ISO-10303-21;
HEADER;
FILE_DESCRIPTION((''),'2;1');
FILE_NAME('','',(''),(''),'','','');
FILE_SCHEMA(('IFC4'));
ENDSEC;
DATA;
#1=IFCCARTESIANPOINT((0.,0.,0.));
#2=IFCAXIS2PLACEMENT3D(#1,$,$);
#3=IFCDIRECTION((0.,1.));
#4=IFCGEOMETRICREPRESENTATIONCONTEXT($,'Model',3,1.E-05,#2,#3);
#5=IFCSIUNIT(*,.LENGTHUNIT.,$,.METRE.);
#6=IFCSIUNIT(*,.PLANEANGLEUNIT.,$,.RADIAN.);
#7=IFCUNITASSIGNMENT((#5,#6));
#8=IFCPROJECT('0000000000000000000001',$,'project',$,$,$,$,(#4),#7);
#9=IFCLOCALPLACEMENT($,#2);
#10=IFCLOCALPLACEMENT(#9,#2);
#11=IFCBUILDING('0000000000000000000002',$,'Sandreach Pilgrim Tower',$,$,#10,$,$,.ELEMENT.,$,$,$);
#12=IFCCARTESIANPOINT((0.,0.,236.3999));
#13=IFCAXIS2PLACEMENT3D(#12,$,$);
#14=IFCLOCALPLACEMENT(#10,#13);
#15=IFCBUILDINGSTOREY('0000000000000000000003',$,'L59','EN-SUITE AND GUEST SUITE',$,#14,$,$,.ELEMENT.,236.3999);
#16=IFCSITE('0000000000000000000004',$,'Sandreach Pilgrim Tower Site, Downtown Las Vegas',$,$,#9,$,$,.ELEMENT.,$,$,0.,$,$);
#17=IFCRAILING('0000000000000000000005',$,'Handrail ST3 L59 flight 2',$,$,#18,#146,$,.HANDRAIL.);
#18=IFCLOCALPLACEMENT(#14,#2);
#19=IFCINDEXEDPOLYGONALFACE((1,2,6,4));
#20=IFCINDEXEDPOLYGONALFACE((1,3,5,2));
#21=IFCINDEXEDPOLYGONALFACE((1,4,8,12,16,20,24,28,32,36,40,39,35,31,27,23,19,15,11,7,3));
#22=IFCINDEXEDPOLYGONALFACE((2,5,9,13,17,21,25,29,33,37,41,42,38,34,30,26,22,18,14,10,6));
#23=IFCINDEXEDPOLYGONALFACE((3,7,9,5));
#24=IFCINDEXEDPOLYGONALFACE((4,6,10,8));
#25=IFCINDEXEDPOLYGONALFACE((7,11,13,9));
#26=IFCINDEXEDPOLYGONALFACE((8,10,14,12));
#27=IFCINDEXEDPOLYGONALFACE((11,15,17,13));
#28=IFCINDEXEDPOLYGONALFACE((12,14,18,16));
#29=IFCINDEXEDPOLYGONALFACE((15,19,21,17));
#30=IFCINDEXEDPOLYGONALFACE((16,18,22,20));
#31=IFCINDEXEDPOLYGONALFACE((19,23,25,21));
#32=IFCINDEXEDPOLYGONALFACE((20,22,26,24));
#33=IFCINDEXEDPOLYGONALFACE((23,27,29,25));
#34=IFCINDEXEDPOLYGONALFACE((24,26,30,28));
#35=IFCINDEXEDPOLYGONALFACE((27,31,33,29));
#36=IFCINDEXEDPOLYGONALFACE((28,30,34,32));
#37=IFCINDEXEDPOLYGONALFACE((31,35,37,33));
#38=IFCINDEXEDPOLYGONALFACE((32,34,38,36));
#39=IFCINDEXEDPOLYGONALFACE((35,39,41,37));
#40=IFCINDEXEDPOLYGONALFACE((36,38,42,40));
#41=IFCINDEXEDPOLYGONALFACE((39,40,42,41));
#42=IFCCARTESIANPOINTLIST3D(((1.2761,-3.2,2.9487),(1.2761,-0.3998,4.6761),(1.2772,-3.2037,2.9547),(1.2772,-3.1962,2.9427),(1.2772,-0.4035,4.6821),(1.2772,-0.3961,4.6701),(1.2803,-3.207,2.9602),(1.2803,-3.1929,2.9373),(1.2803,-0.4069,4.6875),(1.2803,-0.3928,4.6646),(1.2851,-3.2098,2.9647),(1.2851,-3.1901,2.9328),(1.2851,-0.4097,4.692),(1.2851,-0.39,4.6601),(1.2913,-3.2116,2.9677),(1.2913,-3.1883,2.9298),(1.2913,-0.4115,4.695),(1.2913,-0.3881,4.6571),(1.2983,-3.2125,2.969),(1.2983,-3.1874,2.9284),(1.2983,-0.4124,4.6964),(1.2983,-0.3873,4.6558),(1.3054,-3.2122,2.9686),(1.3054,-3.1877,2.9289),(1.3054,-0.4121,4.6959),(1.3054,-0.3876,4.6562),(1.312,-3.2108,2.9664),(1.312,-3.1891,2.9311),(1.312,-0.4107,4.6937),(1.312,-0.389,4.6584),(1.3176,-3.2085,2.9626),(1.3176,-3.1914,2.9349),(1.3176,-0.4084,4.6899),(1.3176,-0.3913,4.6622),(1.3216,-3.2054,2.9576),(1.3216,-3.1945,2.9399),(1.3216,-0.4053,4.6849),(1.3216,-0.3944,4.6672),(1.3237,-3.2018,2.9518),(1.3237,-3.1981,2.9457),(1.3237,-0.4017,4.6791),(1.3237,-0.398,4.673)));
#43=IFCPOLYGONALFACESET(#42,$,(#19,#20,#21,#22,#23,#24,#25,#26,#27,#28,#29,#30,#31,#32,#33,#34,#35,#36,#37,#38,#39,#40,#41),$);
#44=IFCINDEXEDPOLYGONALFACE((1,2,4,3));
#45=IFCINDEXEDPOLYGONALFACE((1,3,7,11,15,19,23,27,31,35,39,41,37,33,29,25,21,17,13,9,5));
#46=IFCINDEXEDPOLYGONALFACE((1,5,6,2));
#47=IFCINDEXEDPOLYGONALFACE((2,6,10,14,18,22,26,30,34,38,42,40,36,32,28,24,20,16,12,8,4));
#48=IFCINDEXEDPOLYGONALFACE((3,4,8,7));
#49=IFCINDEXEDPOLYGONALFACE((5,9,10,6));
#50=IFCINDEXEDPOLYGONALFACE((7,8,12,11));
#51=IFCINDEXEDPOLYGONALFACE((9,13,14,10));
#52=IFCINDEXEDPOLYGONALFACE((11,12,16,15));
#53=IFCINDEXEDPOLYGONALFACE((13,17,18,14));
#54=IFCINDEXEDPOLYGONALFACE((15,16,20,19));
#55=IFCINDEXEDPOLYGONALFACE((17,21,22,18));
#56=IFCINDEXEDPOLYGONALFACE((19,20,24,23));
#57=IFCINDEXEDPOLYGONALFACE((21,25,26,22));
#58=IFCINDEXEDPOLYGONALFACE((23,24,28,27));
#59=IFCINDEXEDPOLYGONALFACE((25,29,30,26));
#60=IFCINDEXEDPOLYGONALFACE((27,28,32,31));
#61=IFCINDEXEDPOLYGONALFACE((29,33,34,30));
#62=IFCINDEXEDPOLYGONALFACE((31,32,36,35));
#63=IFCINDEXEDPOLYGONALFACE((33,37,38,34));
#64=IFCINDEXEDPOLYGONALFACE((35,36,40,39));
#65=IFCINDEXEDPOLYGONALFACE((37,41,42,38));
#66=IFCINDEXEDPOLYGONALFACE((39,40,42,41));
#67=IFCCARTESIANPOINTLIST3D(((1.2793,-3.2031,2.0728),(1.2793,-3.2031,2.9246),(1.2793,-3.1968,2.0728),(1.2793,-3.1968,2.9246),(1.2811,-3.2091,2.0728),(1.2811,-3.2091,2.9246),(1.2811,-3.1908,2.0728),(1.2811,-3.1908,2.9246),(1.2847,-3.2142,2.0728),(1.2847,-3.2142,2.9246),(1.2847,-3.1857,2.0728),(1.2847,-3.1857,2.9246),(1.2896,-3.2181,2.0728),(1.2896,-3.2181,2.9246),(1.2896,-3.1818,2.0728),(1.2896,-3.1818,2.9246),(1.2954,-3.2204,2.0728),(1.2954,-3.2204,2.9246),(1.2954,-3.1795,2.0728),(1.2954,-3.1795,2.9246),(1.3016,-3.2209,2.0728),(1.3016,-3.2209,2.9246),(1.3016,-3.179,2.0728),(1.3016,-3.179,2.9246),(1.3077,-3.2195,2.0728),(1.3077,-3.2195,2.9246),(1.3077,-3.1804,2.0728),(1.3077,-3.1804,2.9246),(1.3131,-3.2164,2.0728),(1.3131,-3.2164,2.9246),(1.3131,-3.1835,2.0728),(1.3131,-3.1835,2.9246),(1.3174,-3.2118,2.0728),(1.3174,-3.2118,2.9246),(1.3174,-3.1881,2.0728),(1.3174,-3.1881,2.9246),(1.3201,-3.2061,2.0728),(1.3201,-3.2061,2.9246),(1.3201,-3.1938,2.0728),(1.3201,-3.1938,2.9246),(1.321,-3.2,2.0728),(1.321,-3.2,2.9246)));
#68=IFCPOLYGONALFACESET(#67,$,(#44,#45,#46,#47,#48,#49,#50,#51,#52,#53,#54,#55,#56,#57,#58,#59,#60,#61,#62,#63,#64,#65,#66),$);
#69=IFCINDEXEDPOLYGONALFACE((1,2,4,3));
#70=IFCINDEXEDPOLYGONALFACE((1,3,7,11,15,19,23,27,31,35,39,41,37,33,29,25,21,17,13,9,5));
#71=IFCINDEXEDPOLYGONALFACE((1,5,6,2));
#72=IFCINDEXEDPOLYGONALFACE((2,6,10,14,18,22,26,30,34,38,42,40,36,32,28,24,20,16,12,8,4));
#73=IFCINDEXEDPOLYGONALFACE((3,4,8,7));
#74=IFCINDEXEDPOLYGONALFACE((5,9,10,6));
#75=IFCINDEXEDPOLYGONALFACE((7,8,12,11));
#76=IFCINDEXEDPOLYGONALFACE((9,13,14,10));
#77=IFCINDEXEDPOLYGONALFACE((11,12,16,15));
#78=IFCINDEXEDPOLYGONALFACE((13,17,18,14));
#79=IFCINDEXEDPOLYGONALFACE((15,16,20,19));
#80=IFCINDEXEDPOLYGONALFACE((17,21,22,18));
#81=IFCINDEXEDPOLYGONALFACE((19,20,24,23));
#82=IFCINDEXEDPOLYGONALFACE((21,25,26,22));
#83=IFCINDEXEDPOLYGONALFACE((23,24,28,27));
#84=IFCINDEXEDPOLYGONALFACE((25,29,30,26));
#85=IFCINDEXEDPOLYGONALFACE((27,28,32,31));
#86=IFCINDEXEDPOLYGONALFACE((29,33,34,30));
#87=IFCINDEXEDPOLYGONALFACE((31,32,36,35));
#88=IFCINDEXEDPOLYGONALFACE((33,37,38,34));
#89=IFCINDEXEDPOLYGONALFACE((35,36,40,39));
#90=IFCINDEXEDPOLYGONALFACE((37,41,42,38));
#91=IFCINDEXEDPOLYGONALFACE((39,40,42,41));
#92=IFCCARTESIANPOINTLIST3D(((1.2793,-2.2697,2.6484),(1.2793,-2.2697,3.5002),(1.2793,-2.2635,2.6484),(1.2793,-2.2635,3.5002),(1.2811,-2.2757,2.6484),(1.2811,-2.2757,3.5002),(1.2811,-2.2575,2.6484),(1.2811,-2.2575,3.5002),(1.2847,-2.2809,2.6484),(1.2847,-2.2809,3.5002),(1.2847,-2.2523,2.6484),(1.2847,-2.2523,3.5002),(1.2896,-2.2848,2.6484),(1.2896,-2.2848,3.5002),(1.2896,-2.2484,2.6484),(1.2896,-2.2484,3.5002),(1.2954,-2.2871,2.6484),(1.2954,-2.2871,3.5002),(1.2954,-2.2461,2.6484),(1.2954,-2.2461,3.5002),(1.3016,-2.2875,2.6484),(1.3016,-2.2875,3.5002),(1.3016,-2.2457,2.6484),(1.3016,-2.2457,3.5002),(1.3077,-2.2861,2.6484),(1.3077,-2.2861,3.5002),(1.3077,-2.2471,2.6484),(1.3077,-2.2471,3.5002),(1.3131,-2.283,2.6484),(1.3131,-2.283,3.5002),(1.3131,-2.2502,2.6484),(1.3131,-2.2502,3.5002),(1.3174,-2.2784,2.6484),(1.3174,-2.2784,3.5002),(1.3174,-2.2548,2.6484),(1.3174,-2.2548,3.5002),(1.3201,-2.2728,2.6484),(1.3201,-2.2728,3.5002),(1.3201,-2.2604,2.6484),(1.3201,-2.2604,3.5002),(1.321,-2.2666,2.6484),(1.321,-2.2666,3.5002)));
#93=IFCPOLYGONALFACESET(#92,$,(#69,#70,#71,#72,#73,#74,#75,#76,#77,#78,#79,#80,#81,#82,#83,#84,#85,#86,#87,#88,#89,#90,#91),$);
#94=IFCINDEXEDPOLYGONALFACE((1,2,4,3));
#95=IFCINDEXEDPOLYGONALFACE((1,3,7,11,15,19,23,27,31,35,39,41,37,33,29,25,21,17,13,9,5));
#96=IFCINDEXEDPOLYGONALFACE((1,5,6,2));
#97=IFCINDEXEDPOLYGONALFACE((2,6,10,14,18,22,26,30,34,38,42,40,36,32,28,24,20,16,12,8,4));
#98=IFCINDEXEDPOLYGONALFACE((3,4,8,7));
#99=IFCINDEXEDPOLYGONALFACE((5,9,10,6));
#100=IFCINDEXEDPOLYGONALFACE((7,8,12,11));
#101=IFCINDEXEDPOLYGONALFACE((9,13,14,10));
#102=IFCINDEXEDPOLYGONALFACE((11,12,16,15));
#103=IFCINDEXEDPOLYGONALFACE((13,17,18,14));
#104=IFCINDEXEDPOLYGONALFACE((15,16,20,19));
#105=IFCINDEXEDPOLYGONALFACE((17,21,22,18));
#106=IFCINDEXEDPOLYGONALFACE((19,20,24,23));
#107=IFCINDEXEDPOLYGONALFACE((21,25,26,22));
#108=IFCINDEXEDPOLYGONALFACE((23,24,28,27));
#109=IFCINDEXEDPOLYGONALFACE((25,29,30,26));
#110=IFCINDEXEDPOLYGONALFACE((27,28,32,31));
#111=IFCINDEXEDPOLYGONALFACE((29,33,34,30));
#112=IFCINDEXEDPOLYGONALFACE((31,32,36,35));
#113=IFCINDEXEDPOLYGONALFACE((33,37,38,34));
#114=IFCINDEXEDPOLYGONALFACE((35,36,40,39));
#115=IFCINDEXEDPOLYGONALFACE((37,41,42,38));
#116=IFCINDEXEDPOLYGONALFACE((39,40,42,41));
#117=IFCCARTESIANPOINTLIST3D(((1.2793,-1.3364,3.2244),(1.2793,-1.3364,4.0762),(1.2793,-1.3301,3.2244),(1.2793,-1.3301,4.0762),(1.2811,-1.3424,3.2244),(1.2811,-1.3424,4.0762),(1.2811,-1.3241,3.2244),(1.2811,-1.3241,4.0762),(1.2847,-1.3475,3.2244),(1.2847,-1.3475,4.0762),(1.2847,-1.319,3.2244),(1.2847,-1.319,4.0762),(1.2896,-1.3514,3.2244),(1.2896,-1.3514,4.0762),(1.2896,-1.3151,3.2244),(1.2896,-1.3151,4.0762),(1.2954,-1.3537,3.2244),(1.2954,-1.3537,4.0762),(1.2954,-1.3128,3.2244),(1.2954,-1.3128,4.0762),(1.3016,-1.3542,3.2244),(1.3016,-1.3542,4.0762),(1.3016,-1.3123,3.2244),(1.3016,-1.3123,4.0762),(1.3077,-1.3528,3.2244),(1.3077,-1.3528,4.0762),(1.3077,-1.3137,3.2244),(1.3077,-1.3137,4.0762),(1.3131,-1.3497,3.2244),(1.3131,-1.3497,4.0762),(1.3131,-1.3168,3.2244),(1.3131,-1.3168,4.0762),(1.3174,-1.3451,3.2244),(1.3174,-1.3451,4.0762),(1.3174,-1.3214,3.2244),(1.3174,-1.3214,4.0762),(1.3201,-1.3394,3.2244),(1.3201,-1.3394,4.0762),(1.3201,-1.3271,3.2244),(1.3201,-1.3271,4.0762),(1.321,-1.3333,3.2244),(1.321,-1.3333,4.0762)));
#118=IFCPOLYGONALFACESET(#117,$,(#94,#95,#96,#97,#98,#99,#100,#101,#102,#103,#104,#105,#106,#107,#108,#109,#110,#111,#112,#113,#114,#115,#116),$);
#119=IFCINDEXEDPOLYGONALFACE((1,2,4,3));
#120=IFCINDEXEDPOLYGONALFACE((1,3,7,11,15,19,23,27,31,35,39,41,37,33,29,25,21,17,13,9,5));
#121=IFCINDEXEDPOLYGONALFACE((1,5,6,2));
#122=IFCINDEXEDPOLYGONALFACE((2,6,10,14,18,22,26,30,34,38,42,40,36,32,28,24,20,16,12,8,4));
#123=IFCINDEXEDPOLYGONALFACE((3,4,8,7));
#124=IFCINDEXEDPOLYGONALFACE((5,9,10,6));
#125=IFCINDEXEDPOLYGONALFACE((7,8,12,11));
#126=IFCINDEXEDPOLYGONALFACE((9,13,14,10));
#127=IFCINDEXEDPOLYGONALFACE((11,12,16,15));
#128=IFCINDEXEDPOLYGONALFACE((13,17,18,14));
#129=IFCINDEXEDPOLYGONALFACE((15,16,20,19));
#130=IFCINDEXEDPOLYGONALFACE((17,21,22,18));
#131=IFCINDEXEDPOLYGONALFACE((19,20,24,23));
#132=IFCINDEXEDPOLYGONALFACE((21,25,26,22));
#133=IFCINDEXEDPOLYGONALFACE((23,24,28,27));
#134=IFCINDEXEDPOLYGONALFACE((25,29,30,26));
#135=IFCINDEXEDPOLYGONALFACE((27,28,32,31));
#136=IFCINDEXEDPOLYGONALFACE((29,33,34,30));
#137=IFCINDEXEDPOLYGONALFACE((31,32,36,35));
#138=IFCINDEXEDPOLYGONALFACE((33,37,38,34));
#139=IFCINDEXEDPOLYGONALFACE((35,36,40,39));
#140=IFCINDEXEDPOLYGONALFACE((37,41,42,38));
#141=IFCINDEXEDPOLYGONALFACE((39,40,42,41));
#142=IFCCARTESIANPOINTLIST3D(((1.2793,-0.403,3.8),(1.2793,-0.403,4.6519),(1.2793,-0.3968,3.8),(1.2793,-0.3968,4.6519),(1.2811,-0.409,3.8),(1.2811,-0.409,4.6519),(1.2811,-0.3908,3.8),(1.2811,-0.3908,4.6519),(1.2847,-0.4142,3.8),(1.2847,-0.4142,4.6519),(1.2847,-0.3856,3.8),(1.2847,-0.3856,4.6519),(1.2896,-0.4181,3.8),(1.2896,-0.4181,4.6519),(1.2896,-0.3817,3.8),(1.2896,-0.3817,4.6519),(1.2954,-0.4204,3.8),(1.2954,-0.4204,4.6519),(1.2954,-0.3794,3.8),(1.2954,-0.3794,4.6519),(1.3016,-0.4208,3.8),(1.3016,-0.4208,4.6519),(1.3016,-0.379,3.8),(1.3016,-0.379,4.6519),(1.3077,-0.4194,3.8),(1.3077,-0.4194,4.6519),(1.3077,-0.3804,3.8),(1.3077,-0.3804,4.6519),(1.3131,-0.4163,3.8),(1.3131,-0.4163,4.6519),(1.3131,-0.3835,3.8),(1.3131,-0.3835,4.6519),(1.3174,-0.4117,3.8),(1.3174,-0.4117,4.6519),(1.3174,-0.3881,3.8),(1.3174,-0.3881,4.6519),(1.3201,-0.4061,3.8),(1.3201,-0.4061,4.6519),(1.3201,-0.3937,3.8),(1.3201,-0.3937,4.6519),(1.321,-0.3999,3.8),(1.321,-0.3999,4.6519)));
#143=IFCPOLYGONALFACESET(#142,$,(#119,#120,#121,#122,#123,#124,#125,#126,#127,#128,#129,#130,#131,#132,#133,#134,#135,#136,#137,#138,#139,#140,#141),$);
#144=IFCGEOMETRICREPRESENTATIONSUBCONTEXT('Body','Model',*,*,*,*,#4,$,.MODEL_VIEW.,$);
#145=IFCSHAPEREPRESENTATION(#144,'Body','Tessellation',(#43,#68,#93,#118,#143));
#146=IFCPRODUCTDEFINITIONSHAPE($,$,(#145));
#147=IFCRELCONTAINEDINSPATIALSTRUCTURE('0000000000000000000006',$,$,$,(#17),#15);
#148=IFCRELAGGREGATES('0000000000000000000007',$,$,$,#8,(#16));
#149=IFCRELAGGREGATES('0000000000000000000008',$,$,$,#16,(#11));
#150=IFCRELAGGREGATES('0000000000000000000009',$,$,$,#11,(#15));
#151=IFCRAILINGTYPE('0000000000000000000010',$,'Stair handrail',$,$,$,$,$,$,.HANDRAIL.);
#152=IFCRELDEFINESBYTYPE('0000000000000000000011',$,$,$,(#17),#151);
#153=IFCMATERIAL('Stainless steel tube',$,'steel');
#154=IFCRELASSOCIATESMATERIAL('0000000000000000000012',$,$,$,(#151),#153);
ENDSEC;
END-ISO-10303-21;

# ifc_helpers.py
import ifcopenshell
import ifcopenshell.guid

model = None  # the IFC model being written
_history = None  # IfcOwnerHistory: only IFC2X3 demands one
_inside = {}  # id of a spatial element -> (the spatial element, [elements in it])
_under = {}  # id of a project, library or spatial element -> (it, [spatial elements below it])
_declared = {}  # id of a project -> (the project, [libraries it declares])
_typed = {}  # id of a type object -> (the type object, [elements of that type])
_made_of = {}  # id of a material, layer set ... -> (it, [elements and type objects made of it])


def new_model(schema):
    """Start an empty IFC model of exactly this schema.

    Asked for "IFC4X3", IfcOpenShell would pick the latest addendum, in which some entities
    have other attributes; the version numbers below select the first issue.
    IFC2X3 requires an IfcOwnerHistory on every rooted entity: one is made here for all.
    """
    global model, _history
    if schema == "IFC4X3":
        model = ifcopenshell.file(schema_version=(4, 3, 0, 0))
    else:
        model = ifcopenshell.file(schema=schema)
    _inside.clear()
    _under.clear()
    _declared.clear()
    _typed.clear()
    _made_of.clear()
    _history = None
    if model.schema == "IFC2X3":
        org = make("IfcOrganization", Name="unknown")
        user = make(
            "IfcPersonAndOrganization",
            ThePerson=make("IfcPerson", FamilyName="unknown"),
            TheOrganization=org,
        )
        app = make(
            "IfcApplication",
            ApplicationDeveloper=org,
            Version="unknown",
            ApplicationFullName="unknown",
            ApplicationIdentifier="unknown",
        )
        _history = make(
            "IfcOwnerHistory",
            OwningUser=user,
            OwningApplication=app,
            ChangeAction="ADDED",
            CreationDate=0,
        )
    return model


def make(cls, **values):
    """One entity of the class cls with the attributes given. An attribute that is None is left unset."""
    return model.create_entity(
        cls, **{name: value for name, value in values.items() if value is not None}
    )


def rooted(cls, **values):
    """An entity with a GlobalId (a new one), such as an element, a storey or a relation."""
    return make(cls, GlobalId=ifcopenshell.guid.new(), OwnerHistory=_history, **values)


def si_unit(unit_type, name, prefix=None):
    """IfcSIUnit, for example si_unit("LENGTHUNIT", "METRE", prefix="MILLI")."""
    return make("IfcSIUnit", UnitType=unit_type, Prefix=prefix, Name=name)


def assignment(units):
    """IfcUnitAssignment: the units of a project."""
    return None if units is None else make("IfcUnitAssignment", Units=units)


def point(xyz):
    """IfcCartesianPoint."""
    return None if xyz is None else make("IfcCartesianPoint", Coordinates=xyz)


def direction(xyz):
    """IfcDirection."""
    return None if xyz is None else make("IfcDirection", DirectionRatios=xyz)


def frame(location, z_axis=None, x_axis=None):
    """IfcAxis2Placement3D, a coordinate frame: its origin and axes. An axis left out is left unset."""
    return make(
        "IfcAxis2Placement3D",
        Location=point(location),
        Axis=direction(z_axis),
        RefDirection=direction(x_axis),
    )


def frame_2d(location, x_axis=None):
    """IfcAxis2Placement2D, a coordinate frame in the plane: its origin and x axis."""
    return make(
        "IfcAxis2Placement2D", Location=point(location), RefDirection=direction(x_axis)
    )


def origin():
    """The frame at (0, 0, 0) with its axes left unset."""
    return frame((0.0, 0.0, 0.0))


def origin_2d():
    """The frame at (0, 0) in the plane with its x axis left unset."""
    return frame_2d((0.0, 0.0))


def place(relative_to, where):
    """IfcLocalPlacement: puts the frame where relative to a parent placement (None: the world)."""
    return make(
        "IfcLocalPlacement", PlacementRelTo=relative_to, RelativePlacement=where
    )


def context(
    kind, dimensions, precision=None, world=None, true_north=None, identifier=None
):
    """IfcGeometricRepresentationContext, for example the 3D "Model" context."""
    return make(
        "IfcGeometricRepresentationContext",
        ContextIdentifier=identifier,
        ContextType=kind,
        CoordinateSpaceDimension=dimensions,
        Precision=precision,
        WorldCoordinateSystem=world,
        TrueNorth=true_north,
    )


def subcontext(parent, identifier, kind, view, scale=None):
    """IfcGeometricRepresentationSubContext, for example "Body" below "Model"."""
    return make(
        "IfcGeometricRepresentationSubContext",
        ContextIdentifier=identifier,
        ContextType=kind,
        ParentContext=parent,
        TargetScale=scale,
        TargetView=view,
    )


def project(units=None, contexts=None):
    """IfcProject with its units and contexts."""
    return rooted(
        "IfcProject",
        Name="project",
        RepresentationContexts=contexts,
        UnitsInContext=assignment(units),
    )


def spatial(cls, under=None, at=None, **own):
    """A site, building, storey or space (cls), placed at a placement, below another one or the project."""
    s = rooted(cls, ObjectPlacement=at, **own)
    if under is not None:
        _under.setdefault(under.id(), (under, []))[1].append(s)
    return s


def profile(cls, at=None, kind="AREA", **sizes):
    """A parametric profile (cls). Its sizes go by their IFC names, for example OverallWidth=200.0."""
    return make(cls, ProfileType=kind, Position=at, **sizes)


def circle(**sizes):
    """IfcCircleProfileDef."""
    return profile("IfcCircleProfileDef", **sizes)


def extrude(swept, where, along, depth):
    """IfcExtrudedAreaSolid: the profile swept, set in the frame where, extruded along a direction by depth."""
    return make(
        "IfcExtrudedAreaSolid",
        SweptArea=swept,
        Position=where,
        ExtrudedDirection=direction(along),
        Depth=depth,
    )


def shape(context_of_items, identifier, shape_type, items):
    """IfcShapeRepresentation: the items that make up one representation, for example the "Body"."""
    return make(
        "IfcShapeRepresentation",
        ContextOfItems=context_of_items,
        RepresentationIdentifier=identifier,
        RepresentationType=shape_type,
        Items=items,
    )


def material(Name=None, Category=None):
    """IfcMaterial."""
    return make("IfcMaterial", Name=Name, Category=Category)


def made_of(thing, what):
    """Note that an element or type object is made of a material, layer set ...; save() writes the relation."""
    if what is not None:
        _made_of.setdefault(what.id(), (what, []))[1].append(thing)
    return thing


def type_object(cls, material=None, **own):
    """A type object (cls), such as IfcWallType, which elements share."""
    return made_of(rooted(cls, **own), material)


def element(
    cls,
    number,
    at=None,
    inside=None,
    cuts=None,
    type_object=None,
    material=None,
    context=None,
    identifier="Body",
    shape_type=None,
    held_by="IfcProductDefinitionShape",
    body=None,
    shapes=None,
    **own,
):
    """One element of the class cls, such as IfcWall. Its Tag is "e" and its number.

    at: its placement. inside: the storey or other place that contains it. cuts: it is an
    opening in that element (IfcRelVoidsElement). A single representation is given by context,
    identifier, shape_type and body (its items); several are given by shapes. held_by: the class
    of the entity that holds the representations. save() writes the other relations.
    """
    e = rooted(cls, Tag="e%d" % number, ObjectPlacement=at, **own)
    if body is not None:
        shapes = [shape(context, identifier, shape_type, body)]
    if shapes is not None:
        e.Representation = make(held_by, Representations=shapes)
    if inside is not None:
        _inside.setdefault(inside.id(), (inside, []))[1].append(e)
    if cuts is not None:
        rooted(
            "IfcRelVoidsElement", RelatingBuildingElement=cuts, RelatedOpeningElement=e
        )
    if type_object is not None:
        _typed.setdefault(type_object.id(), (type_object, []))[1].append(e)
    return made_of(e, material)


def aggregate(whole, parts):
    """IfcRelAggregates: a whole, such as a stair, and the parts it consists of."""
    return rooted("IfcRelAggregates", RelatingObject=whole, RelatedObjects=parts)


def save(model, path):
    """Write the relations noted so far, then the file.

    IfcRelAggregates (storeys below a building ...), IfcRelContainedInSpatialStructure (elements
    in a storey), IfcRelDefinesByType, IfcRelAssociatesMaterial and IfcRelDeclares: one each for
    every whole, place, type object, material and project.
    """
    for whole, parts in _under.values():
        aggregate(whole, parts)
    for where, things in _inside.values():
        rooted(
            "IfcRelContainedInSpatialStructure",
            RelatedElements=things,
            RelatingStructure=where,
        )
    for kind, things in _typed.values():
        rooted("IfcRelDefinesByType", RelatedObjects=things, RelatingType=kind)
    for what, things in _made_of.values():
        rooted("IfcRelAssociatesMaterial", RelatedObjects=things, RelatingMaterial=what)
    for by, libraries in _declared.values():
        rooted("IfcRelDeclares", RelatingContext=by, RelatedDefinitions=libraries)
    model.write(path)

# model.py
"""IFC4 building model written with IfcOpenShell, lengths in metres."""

from ifc_helpers import new_model, si_unit, direction, frame, origin, origin_2d, place, context, subcontext, project, spatial, circle, extrude, material, type_object, element, save


model = new_model("IFC4")

# Units and contexts
model_context = context("Model", 3, precision=1e-05, world=origin(), true_north=direction((0.0, 1.0)))
body_context = subcontext(model_context, "Body", "Model", "MODEL_VIEW")
ifc_project = project(units=[si_unit("LENGTHUNIT", "METRE"), si_unit("PLANEANGLEUNIT", "RADIAN")], contexts=[model_context])

# Site, building, storey
site_placement = place(None, origin())
site = spatial("IfcSite", under=ifc_project, at=site_placement, Name="Sandreach Pilgrim Tower Site, Downtown Las Vegas", CompositionType="ELEMENT", RefElevation=0.0)
building_placement = place(site_placement, origin())
building = spatial("IfcBuilding", under=site, at=building_placement, Name="Sandreach Pilgrim Tower", CompositionType="ELEMENT")
storey_placement = place(building_placement, frame((0.0, 0.0, 236.3999)))
storey = spatial("IfcBuildingStorey", under=building, at=storey_placement, Name="L59", Description="EN-SUITE AND GUEST SUITE", CompositionType="ELEMENT", Elevation=236.3999)

# Railing
ifc_material_1 = material(Name="Stainless steel tube", Category="steel")
railing_type = type_object("IfcRailingType", Name="Stair handrail", PredefinedType="HANDRAIL", material=ifc_material_1)
for number, where, name in (
    (1, (1.3, -3.2, 2.0728), "Handrail ST3 L59 flight 2"),
):
    element("IfcRailing", number, at=place(storey_placement, frame(where)), inside=storey, type_object=railing_type, Name=name, PredefinedType="HANDRAIL", context=body_context, shape_type="SweptSolid", body=[
        extrude(circle(Radius=0.0239, at=origin_2d()), frame((0.0, 0.0, 0.876), z_axis=(0.0, 0.85109, 0.52502), x_axis=(-1.0, 0.0, 0.0)), (0.0, 0.0, 1.0), 3.29),
        extrude(circle(Radius=0.021, at=origin_2d()), origin(), (0.0, 0.0, 1.0), 0.8518),
        extrude(circle(Radius=0.021, at=origin_2d()), frame((0.0, 0.9333, 0.5757)), (0.0, 0.0, 1.0), 0.8518),
        extrude(circle(Radius=0.021, at=origin_2d()), frame((0.0, 1.8667, 1.1516)), (0.0, 0.0, 1.0), 0.8518),
        extrude(circle(Radius=0.021, at=origin_2d()), frame((0.0, 2.8, 1.7273)), (0.0, 0.0, 1.0), 0.8518),
    ])

save(model, "model.ifc")
